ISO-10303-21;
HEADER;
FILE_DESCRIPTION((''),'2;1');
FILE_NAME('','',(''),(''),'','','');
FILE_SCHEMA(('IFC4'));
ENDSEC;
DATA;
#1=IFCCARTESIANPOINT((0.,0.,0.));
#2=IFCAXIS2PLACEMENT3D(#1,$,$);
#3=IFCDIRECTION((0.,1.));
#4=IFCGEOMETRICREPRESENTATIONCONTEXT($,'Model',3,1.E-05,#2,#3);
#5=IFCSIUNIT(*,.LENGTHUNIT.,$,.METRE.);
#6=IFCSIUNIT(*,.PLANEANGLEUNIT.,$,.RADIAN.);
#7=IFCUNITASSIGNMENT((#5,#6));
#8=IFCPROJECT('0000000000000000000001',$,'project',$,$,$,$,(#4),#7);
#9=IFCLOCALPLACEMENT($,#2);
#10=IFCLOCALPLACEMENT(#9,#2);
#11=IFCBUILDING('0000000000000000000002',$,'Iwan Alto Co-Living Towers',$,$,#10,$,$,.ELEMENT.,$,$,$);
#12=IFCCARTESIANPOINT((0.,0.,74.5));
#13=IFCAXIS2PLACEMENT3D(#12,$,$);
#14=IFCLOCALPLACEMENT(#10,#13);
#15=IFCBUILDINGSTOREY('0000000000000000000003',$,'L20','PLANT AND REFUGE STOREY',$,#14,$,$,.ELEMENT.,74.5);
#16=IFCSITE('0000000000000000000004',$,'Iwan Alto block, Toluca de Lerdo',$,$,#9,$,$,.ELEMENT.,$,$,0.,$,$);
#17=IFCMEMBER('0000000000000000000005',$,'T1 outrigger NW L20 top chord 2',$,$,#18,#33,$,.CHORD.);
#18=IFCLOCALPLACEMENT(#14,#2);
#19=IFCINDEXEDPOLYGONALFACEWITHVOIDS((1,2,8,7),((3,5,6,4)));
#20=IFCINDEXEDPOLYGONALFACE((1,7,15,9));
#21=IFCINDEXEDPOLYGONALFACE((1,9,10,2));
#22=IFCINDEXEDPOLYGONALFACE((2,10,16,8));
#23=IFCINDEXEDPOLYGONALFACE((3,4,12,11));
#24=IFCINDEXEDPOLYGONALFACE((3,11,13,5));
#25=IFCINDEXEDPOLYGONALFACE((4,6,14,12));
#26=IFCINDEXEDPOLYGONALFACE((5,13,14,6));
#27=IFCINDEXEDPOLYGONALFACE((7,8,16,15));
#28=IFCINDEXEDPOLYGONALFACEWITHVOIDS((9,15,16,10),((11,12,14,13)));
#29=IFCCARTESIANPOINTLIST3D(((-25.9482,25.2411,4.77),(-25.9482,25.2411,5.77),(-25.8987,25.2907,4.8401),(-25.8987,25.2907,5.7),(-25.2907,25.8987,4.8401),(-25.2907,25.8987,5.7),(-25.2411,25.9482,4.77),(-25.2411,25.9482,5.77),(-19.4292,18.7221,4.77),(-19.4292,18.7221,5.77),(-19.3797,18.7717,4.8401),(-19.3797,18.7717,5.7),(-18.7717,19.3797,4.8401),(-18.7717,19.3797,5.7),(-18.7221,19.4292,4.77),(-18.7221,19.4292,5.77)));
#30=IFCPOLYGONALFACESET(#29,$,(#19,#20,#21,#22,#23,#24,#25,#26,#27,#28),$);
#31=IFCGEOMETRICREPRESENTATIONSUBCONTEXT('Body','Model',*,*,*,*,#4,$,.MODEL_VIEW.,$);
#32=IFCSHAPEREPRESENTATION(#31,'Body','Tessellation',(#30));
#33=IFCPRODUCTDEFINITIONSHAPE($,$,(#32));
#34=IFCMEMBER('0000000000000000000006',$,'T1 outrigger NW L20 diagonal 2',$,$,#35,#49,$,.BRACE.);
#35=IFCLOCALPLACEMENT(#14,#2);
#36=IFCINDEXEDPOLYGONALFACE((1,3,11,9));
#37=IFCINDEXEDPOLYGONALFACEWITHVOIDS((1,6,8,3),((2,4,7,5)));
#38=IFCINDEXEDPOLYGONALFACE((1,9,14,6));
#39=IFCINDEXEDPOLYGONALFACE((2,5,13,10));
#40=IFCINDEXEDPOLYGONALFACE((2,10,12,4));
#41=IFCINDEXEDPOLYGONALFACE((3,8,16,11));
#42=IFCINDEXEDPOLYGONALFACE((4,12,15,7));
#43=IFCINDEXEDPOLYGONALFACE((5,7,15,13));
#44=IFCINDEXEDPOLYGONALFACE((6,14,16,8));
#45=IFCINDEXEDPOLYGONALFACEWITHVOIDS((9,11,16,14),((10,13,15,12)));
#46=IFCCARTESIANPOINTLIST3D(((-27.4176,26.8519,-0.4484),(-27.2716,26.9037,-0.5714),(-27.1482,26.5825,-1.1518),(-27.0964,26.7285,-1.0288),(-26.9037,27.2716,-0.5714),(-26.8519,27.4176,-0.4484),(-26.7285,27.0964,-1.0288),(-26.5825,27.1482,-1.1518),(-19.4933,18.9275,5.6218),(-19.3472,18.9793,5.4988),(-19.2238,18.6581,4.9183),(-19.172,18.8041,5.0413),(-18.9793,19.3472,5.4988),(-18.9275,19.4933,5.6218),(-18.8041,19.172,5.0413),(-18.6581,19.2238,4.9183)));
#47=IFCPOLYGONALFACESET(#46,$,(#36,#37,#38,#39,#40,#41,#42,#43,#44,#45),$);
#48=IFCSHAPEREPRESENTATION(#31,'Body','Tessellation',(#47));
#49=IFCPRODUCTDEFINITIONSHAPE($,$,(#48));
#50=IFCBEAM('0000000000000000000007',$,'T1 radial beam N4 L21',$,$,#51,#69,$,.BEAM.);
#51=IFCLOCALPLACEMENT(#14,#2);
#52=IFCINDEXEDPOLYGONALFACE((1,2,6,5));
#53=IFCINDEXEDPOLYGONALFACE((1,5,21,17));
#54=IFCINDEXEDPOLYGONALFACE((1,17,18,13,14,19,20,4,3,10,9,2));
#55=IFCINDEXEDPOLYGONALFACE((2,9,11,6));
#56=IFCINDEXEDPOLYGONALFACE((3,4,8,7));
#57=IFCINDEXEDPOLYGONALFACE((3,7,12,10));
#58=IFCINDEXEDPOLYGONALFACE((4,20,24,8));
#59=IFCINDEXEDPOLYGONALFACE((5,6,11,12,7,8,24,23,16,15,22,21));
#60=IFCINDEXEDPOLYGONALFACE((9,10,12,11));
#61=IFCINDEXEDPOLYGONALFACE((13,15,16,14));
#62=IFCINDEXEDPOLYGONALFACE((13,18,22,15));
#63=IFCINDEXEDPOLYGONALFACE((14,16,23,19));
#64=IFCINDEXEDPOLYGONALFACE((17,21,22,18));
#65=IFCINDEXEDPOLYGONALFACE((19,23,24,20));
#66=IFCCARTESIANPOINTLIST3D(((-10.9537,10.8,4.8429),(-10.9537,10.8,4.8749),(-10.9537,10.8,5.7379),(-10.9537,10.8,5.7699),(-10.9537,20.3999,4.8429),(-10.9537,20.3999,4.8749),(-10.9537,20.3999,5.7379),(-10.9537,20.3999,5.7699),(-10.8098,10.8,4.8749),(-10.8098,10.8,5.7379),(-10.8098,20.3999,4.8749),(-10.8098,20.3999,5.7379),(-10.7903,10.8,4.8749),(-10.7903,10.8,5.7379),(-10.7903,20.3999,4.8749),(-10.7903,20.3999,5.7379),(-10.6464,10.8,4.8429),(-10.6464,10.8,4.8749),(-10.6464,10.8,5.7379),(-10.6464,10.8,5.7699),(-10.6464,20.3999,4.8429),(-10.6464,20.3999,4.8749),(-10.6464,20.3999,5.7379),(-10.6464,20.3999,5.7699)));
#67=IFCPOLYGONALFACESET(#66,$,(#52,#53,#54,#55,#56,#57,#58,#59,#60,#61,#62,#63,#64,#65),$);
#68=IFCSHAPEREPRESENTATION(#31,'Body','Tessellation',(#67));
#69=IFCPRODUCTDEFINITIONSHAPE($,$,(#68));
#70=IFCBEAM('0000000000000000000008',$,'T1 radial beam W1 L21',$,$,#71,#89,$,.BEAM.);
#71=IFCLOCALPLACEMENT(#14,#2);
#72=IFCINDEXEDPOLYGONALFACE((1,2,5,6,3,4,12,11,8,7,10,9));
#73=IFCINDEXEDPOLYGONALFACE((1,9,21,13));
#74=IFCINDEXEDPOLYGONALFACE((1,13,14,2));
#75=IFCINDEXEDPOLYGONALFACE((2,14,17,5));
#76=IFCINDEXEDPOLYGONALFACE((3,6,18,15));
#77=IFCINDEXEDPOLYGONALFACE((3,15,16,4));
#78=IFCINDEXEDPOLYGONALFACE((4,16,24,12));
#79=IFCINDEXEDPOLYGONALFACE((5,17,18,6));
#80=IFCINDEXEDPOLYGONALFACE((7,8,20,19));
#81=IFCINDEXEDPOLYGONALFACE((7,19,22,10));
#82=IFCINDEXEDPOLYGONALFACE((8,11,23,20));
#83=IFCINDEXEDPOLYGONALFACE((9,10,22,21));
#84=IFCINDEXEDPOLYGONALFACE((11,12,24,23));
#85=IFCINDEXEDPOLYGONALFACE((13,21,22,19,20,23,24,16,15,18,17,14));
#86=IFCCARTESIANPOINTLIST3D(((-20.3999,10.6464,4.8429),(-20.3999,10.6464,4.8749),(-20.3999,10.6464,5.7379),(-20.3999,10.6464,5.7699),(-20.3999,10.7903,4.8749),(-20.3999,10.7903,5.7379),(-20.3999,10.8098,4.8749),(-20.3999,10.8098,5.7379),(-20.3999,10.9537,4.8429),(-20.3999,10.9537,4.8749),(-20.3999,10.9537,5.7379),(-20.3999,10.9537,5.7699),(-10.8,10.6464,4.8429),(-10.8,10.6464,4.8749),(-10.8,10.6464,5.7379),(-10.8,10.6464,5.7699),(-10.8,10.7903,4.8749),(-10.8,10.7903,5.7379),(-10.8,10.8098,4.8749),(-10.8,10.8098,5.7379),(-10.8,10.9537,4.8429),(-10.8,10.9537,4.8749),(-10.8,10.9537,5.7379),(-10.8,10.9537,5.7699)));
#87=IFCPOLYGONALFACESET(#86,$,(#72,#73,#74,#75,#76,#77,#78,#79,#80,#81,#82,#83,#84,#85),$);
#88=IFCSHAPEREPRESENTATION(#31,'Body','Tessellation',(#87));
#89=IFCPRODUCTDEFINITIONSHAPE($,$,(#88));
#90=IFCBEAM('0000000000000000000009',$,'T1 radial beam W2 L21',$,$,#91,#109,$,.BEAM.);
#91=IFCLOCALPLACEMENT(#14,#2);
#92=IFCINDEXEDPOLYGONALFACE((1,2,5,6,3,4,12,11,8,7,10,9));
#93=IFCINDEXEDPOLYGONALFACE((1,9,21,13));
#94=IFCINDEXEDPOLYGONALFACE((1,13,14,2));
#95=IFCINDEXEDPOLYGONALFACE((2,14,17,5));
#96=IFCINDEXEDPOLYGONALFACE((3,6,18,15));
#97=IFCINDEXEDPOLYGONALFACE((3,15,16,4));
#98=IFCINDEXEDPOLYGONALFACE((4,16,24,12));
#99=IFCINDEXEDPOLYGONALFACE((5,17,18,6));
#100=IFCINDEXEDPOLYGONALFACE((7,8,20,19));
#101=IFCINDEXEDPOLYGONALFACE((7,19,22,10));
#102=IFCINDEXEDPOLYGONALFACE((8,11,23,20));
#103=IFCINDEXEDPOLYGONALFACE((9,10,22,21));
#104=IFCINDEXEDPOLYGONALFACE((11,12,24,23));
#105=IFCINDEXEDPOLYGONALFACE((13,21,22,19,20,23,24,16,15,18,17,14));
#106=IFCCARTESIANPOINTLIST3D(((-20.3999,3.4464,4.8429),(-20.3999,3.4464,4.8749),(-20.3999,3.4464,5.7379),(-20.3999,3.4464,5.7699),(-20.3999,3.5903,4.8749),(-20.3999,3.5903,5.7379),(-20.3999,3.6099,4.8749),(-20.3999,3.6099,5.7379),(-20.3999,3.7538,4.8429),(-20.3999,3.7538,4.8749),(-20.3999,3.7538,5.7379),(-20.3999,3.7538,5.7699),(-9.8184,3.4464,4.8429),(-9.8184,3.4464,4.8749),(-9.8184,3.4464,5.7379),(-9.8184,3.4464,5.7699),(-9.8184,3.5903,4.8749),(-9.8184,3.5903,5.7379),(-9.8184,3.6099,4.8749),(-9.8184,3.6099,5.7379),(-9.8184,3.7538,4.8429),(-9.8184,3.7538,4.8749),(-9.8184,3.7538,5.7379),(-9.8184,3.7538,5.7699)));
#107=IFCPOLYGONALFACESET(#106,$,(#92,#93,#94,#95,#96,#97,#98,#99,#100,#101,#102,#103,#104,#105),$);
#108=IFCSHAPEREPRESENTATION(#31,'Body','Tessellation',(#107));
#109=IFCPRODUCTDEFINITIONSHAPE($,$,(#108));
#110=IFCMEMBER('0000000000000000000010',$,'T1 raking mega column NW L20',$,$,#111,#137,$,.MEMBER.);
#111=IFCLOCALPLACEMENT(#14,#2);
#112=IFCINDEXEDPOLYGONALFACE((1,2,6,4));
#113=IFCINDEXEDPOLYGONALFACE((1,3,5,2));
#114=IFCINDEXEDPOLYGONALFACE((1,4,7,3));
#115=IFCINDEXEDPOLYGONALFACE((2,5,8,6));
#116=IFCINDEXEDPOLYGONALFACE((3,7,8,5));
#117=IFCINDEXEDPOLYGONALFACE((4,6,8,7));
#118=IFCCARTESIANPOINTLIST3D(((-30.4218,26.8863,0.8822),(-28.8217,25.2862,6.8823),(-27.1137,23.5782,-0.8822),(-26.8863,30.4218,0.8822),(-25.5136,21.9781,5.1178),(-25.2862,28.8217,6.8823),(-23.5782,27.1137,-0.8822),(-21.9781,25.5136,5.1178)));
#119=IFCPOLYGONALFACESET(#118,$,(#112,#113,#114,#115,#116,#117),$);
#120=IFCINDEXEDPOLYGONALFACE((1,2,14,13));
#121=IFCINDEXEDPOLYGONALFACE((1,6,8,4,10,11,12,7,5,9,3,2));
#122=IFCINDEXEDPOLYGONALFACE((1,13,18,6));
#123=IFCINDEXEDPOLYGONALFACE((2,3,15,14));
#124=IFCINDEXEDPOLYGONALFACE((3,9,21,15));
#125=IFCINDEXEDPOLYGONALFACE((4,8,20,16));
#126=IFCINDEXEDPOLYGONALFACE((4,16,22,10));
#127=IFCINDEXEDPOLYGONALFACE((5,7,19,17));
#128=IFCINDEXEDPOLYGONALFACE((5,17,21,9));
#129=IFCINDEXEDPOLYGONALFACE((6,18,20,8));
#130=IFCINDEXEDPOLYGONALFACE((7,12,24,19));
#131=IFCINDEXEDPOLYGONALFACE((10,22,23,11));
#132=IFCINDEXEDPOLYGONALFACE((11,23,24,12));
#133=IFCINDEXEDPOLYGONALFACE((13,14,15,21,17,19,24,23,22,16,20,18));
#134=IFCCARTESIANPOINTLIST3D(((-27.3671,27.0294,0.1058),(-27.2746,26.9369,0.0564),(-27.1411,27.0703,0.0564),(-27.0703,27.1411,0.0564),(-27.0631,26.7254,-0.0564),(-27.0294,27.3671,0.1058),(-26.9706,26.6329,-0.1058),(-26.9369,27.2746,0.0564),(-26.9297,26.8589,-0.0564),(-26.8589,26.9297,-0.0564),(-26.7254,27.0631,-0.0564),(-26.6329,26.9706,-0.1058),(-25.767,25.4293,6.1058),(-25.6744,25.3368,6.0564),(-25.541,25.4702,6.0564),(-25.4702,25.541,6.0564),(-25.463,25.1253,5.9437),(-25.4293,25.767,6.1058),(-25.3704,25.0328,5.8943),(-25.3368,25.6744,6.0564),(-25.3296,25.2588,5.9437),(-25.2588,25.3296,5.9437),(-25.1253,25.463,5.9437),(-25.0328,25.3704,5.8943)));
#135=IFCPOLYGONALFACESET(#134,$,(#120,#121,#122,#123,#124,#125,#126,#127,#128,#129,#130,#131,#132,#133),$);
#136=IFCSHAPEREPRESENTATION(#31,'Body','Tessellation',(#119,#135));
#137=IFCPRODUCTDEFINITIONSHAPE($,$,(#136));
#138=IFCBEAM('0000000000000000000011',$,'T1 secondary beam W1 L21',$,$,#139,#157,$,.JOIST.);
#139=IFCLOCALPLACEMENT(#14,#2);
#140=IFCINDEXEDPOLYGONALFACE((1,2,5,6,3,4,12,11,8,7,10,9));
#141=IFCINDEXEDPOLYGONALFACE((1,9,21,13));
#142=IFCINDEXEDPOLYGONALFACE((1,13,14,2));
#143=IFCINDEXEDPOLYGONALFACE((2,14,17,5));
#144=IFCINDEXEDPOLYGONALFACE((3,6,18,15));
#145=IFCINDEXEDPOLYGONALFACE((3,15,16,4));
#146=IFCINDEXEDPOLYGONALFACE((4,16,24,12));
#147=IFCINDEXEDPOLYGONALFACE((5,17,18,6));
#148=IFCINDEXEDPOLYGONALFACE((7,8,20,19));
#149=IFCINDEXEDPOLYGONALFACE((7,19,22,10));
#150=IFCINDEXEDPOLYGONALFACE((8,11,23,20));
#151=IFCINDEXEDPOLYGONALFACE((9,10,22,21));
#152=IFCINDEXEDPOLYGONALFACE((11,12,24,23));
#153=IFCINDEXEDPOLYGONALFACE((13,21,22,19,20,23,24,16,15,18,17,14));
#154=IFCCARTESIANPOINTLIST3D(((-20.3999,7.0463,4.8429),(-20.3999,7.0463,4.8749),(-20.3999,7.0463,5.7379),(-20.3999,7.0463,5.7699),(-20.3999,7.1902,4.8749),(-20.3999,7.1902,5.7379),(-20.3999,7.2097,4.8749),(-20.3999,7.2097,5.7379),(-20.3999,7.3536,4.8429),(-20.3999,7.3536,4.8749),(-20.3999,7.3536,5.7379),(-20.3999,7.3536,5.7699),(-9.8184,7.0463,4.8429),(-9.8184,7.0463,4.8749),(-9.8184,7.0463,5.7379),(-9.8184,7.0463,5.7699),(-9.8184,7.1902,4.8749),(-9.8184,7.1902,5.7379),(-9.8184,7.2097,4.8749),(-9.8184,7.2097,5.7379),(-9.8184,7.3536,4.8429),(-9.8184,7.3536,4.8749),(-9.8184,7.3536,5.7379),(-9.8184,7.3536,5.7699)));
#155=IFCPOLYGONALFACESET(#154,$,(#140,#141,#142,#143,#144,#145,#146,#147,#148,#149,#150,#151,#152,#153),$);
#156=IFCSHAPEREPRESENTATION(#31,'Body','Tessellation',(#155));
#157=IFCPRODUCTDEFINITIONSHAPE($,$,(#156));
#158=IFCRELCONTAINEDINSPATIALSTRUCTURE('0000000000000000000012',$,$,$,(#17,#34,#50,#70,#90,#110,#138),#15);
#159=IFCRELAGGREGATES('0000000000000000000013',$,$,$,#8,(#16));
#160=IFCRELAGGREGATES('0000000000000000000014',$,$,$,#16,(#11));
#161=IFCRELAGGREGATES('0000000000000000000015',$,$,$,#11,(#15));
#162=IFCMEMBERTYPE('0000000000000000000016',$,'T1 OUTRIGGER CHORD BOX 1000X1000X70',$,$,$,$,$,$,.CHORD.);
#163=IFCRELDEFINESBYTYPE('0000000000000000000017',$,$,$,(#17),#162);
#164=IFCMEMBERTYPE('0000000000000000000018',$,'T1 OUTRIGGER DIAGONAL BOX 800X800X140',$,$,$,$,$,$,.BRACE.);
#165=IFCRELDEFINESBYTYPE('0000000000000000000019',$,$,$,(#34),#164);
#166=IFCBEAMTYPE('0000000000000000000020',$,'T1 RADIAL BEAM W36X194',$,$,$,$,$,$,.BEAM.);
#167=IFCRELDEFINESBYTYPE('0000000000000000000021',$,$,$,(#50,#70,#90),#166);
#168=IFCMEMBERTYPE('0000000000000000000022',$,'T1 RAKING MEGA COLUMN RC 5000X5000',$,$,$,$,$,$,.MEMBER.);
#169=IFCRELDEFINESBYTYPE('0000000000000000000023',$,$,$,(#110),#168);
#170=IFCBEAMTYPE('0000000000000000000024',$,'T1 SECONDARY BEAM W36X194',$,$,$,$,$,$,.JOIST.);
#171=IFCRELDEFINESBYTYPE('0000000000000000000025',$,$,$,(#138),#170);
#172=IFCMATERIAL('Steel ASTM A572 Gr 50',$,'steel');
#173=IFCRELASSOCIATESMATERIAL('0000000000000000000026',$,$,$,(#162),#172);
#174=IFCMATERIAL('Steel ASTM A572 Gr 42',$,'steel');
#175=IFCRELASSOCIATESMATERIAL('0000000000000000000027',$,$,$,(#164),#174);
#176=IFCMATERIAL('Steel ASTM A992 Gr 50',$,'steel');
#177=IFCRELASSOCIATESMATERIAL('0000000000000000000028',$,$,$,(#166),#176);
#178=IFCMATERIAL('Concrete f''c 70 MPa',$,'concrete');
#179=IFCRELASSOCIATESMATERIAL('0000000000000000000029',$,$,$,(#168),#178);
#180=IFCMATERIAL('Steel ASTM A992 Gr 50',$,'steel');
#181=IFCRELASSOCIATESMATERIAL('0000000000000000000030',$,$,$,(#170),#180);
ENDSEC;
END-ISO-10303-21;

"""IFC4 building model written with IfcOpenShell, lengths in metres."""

from ifc_helpers import new_model, si_unit, direction, frame, origin, origin_2d, place, context, subcontext, project, spatial, rectangle, hollow_rectangle, i_section, extrude, material, material_profile, profile_set, type_object, element, save


model = new_model("IFC4")

# Units and contexts
model_context = context("Model", 3, precision=1e-05, world=origin(), true_north=direction((0.0, 1.0)))
body_context = subcontext(model_context, "Body", "Model", "MODEL_VIEW")
ifc_project = project(units=[si_unit("LENGTHUNIT", "METRE"), si_unit("PLANEANGLEUNIT", "RADIAN")], contexts=[model_context])

# Site, building, storey
site_placement = place(None, origin())
site = spatial("IfcSite", under=ifc_project, at=site_placement, Name="Iwan Alto block, Toluca de Lerdo", CompositionType="ELEMENT", RefElevation=0.0)
building_placement = place(site_placement, origin())
building = spatial("IfcBuilding", under=site, at=building_placement, Name="Iwan Alto Co-Living Towers", CompositionType="ELEMENT")
storey_placement = place(building_placement, frame((0.0, 0.0, 74.5)))
storey = spatial("IfcBuildingStorey", under=building, at=storey_placement, Name="L20", Description="PLANT AND REFUGE STOREY", CompositionType="ELEMENT", Elevation=74.5)

# Members
ifc_material_1 = material(Name="Steel ASTM A572 Gr 50", Category="steel")
ifc_material_profile_1 = material_profile(ifc_material_1, hollow_rectangle(XDim=1.0, YDim=1.0, WallThickness=0.0701, at=origin_2d()), Name="BOX 1000X1000X70")
ifc_profile_set_1 = profile_set([ifc_material_profile_1], Name="Steel ASTM A572 Gr 50")
member_type_1 = type_object("IfcMemberType", Name="T1 OUTRIGGER CHORD BOX 1000X1000X70", PredefinedType="CHORD", material=ifc_profile_set_1)
member_1_placement = place(storey_placement, frame((-19.0757, 19.0757, 5.27), z_axis=(-0.707107, 0.707107, 0.0), x_axis=(-0.707107, -0.707107, 0.0)))
element("IfcMember", 1, at=member_1_placement, inside=storey, type_object=member_type_1, Name="T1 outrigger NW L20 top chord 2", PredefinedType="CHORD", context=body_context, shape_type="SweptSolid", body=[
    extrude(hollow_rectangle(XDim=1.0, YDim=1.0, WallThickness=0.0701, at=origin_2d()), origin(), (0.0, 0.0, 1.0), 9.2192),
])
ifc_material_2 = material(Name="Steel ASTM A572 Gr 42", Category="steel")
ifc_material_profile_2 = material_profile(ifc_material_2, hollow_rectangle(XDim=0.8, YDim=0.8, WallThickness=0.1399, at=origin_2d()), Name="BOX 800X800X140")
ifc_profile_set_2 = profile_set([ifc_material_profile_2], Name="Steel ASTM A572 Gr 42")
member_type_2 = type_object("IfcMemberType", Name="T1 OUTRIGGER DIAGONAL BOX 800X800X140", PredefinedType="BRACE", material=ifc_profile_set_2)
member_2_placement = place(storey_placement, frame((-19.0757, 19.0757, 5.27), z_axis=(-0.621758, 0.621758, -0.47627), x_axis=(-0.707107, -0.707107, 0.0)))
element("IfcMember", 2, at=member_2_placement, inside=storey, type_object=member_type_2, Name="T1 outrigger NW L20 diagonal 2", PredefinedType="BRACE", context=body_context, shape_type="SweptSolid", body=[
    extrude(hollow_rectangle(XDim=0.8, YDim=0.8, WallThickness=0.1399, at=origin_2d()), origin(), (0.0, 0.0, 1.0), 12.7451),
])

# Beams
ifc_material_3 = material(Name="Steel ASTM A992 Gr 50", Category="steel")
ifc_material_profile_3 = material_profile(ifc_material_3, i_section(OverallWidth=0.3074, OverallDepth=0.927, WebThickness=0.0195, FlangeThickness=0.032, at=origin_2d()), Name="W36X194")
ifc_profile_set_3 = profile_set([ifc_material_profile_3], Name="Steel ASTM A992 Gr 50")
beam_type_1 = type_object("IfcBeamType", Name="T1 RADIAL BEAM W36X194", PredefinedType="BEAM", material=ifc_profile_set_3)
for number, where, z_axis, x_axis, name in (
    (3, (-10.8, 20.3999, 5.3064), (0.0, -1.0, 0.0), (1.0, 0.0, 0.0), "T1 radial beam N4 L21"),
    (4, (-20.3999, 10.8, 5.3064), (1.0, 0.0, 0.0), (0.0, 1.0, 0.0), "T1 radial beam W1 L21"),
):
    element("IfcBeam", number, at=place(storey_placement, frame(where, z_axis=z_axis, x_axis=x_axis)), inside=storey, type_object=beam_type_1, Name=name, PredefinedType="BEAM", context=body_context, shape_type="SweptSolid", body=[
        extrude(i_section(OverallWidth=0.3074, OverallDepth=0.927, WebThickness=0.0195, FlangeThickness=0.032, at=origin_2d()), origin(), (0.0, 0.0, 1.0), 9.5999),
    ])
beam_1_placement = place(storey_placement, frame((-20.3999, 3.6001, 5.3064), z_axis=(1.0, 0.0, 0.0), x_axis=(0.0, 1.0, 0.0)))
element("IfcBeam", 5, at=beam_1_placement, inside=storey, type_object=beam_type_1, Name="T1 radial beam W2 L21", PredefinedType="BEAM", context=body_context, shape_type="SweptSolid", body=[
    extrude(i_section(OverallWidth=0.3074, OverallDepth=0.927, WebThickness=0.0195, FlangeThickness=0.032, at=origin_2d()), origin(), (0.0, 0.0, 1.0), 10.5815),
])

# Member
ifc_material_4 = material(Name="Concrete f'c 70 MPa", Category="concrete")
ifc_material_profile_4 = material_profile(ifc_material_4, rectangle(XDim=5.0, YDim=5.0, at=origin_2d()), Name="RC 5000X5000")
ifc_profile_set_4 = profile_set([ifc_material_profile_4], Name="Concrete f'c 70 MPa")
member_type_3 = type_object("IfcMemberType", Name="T1 RAKING MEGA COLUMN RC 5000X5000", PredefinedType="MEMBER", material=ifc_profile_set_4)
member_3_placement = place(storey_placement, frame((-27.0, 27.0, 0.0), z_axis=(0.249526, -0.249526, 0.935667), x_axis=(0.707107, 0.707107, 0.0)))
element("IfcMember", 6, at=member_3_placement, inside=storey, type_object=member_type_3, Name="T1 raking mega column NW L20", PredefinedType="MEMBER", context=body_context, shape_type="SweptSolid", body=[
    extrude(rectangle(XDim=5.0, YDim=5.0, at=origin_2d()), origin(), (0.0, 0.0, 1.0), 6.4126),
    extrude(i_section(OverallWidth=0.4775, OverallDepth=0.5994, WebThickness=0.1001, FlangeThickness=0.1399, at=origin_2d()), origin(), (0.0, 0.0, 1.0), 6.4126),
])

# Beam
ifc_material_5 = material(Name="Steel ASTM A992 Gr 50", Category="steel")
ifc_material_profile_5 = material_profile(ifc_material_5, i_section(OverallWidth=0.3074, OverallDepth=0.927, WebThickness=0.0195, FlangeThickness=0.032, at=origin_2d()), Name="W36X194")
ifc_profile_set_5 = profile_set([ifc_material_profile_5], Name="Steel ASTM A992 Gr 50")
beam_type_2 = type_object("IfcBeamType", Name="T1 SECONDARY BEAM W36X194", PredefinedType="JOIST", material=ifc_profile_set_5)
beam_2_placement = place(storey_placement, frame((-20.3999, 7.2, 5.3064), z_axis=(1.0, 0.0, 0.0), x_axis=(0.0, 1.0, 0.0)))
element("IfcBeam", 7, at=beam_2_placement, inside=storey, type_object=beam_type_2, Name="T1 secondary beam W1 L21", PredefinedType="JOIST", context=body_context, shape_type="SweptSolid", body=[
    extrude(i_section(OverallWidth=0.3074, OverallDepth=0.927, WebThickness=0.0195, FlangeThickness=0.032, at=origin_2d()), origin(), (0.0, 0.0, 1.0), 10.5815),
])

save(model, "model.ifc")
